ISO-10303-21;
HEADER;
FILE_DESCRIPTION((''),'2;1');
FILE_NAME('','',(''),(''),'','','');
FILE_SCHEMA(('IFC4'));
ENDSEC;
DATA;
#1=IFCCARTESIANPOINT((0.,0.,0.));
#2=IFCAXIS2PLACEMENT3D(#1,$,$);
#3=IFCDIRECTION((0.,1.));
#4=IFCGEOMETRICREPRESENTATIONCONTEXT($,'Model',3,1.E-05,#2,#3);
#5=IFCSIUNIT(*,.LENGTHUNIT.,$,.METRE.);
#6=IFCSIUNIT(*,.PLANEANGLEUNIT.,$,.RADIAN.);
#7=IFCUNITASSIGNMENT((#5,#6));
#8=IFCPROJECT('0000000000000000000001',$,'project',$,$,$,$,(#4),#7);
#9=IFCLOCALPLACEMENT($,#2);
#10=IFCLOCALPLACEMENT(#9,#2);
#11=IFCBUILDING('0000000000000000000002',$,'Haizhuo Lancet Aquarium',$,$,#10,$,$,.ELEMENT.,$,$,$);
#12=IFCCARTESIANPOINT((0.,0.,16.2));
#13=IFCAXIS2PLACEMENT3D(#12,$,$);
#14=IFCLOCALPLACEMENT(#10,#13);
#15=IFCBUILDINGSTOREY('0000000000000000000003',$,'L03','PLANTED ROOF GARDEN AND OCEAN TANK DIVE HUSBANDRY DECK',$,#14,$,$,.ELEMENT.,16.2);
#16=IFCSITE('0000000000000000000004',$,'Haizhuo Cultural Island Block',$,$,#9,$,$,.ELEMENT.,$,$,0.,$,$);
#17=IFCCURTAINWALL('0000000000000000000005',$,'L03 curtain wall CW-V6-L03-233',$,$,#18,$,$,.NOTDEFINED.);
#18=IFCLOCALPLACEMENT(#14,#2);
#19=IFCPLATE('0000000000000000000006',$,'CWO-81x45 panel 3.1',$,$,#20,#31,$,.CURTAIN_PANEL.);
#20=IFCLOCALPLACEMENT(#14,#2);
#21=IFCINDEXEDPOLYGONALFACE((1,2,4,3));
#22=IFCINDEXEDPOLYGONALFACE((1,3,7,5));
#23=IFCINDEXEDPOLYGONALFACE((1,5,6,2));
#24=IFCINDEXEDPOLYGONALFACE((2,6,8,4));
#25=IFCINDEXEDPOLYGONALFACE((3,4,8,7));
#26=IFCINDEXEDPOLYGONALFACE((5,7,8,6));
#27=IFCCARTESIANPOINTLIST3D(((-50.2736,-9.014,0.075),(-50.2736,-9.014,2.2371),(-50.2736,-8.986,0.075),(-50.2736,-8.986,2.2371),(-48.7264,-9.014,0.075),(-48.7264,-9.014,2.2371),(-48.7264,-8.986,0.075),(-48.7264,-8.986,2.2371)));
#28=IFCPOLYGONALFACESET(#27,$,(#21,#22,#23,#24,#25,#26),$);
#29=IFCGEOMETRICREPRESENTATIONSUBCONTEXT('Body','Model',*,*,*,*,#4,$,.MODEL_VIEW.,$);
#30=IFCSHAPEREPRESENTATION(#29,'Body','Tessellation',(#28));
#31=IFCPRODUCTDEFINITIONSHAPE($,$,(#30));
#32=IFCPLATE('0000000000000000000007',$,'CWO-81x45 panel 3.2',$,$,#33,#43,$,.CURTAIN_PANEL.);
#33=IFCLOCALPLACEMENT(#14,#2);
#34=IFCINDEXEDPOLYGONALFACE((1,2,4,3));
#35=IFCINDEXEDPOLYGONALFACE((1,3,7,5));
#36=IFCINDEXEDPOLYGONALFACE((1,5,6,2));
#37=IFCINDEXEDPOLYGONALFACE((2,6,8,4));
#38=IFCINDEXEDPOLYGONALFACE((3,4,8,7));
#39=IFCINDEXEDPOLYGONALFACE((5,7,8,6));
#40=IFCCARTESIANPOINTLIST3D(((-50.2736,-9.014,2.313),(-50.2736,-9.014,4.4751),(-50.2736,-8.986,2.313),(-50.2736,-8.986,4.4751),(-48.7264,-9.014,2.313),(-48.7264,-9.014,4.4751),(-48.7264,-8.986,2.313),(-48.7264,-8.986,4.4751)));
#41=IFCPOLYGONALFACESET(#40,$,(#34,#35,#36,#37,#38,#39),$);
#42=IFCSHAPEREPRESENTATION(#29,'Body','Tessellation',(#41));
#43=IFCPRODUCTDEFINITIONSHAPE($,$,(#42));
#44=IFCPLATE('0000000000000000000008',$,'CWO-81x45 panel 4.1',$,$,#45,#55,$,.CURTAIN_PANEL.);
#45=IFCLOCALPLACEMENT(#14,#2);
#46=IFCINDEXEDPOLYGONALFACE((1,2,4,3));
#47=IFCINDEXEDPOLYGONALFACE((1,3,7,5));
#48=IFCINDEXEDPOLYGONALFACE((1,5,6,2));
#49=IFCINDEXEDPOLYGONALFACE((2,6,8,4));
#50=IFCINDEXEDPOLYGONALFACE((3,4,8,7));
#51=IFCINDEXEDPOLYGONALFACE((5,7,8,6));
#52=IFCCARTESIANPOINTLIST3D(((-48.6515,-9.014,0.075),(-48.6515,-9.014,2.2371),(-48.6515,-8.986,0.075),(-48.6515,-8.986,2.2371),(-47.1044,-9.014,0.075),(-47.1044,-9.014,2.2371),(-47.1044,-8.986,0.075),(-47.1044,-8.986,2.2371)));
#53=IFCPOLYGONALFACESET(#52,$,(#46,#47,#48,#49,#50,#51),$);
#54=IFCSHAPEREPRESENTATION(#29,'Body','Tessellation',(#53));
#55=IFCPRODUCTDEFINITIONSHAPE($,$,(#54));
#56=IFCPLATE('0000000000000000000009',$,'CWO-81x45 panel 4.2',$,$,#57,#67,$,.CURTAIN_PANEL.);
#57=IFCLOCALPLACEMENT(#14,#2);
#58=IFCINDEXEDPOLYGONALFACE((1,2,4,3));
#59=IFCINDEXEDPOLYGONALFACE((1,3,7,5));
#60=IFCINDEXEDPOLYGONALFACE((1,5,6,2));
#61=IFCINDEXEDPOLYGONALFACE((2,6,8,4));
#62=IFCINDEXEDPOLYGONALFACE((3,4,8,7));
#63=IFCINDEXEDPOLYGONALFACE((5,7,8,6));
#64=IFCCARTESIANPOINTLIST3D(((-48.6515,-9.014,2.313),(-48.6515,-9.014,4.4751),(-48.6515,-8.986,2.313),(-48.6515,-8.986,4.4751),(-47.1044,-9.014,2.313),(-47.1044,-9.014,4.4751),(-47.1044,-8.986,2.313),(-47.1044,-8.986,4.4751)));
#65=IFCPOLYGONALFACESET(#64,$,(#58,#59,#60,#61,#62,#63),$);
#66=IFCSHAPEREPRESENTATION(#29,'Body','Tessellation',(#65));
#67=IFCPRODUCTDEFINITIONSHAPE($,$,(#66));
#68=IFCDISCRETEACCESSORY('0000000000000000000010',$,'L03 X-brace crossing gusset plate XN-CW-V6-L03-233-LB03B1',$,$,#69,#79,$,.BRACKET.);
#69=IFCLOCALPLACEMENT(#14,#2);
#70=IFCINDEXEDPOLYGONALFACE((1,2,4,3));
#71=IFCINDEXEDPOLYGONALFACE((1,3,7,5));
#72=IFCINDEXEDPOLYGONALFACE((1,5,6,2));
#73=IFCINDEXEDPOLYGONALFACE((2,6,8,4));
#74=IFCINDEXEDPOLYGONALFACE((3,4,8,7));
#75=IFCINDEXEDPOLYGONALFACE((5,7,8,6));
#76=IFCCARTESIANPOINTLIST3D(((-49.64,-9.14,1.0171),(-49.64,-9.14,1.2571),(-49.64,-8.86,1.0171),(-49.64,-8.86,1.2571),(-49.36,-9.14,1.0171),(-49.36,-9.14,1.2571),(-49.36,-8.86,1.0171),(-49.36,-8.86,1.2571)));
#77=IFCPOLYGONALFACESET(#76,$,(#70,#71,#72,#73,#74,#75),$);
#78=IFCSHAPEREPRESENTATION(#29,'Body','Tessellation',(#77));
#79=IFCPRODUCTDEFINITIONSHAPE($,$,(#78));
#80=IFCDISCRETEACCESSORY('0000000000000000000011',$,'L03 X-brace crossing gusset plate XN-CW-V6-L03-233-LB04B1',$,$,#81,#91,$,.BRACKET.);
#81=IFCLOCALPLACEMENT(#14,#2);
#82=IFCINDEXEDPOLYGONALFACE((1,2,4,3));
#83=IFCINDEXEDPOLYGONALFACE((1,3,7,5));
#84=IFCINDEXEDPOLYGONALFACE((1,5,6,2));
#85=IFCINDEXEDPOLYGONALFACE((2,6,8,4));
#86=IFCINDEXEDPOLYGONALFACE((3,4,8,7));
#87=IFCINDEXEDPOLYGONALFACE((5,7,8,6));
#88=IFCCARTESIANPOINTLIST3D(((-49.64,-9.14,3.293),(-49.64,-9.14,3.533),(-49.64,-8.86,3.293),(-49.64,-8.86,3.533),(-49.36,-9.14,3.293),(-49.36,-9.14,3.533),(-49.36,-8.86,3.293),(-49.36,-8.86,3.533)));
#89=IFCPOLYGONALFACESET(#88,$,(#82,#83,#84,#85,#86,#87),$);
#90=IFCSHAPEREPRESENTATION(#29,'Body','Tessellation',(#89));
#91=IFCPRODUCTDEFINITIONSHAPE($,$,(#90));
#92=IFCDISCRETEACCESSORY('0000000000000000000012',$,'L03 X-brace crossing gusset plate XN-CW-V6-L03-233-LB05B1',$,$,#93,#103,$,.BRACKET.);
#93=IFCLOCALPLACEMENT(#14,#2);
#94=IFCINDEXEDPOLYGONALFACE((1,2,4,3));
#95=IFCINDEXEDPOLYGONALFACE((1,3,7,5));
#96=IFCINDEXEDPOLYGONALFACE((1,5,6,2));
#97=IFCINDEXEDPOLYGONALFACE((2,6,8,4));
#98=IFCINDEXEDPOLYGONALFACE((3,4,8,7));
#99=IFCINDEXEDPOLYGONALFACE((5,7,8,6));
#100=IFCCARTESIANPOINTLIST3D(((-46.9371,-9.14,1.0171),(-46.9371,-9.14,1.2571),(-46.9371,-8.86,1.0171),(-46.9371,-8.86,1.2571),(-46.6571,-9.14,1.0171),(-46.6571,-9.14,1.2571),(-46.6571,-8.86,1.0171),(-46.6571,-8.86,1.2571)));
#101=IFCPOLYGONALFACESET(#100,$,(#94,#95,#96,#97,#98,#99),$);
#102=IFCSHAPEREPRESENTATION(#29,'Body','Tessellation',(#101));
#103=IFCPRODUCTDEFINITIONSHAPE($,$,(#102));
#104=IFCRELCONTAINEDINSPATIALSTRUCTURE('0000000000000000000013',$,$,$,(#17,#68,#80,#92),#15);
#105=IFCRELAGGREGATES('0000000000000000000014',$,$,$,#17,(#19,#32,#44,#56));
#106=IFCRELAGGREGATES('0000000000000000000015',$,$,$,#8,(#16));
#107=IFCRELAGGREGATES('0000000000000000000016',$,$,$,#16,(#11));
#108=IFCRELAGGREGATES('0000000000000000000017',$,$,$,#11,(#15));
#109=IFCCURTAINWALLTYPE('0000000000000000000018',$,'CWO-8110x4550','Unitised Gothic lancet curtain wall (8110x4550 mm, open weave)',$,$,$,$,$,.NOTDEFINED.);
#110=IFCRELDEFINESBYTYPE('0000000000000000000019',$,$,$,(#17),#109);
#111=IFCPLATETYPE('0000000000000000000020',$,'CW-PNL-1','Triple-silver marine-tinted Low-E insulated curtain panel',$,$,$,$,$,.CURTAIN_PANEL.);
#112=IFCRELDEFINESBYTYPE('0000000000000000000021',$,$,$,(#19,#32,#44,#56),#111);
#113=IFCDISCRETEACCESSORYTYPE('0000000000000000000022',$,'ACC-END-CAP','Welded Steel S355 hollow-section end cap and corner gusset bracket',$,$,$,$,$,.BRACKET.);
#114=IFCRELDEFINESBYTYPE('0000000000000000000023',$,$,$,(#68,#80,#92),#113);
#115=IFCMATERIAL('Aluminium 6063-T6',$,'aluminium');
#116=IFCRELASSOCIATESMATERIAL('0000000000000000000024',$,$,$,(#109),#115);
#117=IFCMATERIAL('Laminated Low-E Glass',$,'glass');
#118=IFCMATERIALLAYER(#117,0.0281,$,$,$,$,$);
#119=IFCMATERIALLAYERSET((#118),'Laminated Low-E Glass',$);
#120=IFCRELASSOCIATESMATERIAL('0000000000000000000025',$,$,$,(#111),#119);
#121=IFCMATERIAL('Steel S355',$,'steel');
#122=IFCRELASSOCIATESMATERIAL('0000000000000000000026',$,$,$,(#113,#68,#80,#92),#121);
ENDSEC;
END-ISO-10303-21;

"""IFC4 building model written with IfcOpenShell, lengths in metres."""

from ifc_helpers import new_model, si_unit, direction, frame, origin, origin_2d, place, context, subcontext, project, spatial, rectangle, extrude, material, layer, layer_set, type_object, element, aggregate, save


model = new_model("IFC4")

# Units and contexts
model_context = context("Model", 3, precision=1e-05, world=origin(), true_north=direction((0.0, 1.0)))
body_context = subcontext(model_context, "Body", "Model", "MODEL_VIEW")
ifc_project = project(units=[si_unit("LENGTHUNIT", "METRE"), si_unit("PLANEANGLEUNIT", "RADIAN")], contexts=[model_context])

# Site, building, storey
site_placement = place(None, origin())
site = spatial("IfcSite", under=ifc_project, at=site_placement, Name="Haizhuo Cultural Island Block", CompositionType="ELEMENT", RefElevation=0.0)
building_placement = place(site_placement, origin())
building = spatial("IfcBuilding", under=site, at=building_placement, Name="Haizhuo Lancet Aquarium", CompositionType="ELEMENT")
storey_placement = place(building_placement, frame((0.0, 0.0, 16.2)))
storey = spatial("IfcBuildingStorey", under=building, at=storey_placement, Name="L03", Description="PLANTED ROOF GARDEN AND OCEAN TANK DIVE HUSBANDRY DECK", CompositionType="ELEMENT", Elevation=16.2)

# Curtain wall
ifc_material_1 = material(Name="Aluminium 6063-T6", Category="aluminium")
curtain_wall_type = type_object("IfcCurtainWallType", Name="CWO-8110x4550", Description="Unitised Gothic lancet curtain wall (8110x4550 mm, open weave)", PredefinedType="NOTDEFINED", material=ifc_material_1)
curtain_wall_placement = place(storey_placement, origin())
curtain_wall = element("IfcCurtainWall", 1, at=curtain_wall_placement, inside=storey, type_object=curtain_wall_type, Name="L03 curtain wall CW-V6-L03-233", PredefinedType="NOTDEFINED")

# Shared definitions
ifc_material_2 = material(Name="Steel S355", Category="steel")

# Plates
ifc_material_3 = material(Name="Laminated Low-E Glass", Category="glass")
ifc_layer = layer(ifc_material_3, 0.0281)
ifc_layer_set = layer_set([ifc_layer], Name="Laminated Low-E Glass")
plate_type = type_object("IfcPlateType", Name="CW-PNL-1", Description="Triple-silver marine-tinted Low-E insulated curtain panel", PredefinedType="CURTAIN_PANEL", material=ifc_layer_set)
plate_1_placement = place(storey_placement, frame((-49.5, -9.0, 0.075), z_axis=(0.0, 0.0, 1.0), x_axis=(1.0, 0.0, 0.0)))
plate_1 = element("IfcPlate", 2, at=plate_1_placement, type_object=plate_type, Name="CWO-81x45 panel 3.1", PredefinedType="CURTAIN_PANEL", context=body_context, shape_type="SweptSolid", body=[
    extrude(rectangle(XDim=1.5471, YDim=0.0281, at=origin_2d()), origin(), (0.0, 0.0, 1.0), 2.1621),
])
plate_2_placement = place(storey_placement, frame((-49.5, -9.0, 2.313), z_axis=(0.0, 0.0, 1.0), x_axis=(1.0, 0.0, 0.0)))
plate_2 = element("IfcPlate", 3, at=plate_2_placement, type_object=plate_type, Name="CWO-81x45 panel 3.2", PredefinedType="CURTAIN_PANEL", context=body_context, shape_type="SweptSolid", body=[
    extrude(rectangle(XDim=1.5471, YDim=0.0281, at=origin_2d()), origin(), (0.0, 0.0, 1.0), 2.1621),
])
plate_3_placement = place(storey_placement, frame((-47.8779, -9.0, 0.075), z_axis=(0.0, 0.0, 1.0), x_axis=(1.0, 0.0, 0.0)))
plate_3 = element("IfcPlate", 4, at=plate_3_placement, type_object=plate_type, Name="CWO-81x45 panel 4.1", PredefinedType="CURTAIN_PANEL", context=body_context, shape_type="SweptSolid", body=[
    extrude(rectangle(XDim=1.5471, YDim=0.0281, at=origin_2d()), origin(), (0.0, 0.0, 1.0), 2.1621),
])
plate_4_placement = place(storey_placement, frame((-47.8779, -9.0, 2.313), z_axis=(0.0, 0.0, 1.0), x_axis=(1.0, 0.0, 0.0)))
plate_4 = element("IfcPlate", 5, at=plate_4_placement, type_object=plate_type, Name="CWO-81x45 panel 4.2", PredefinedType="CURTAIN_PANEL", context=body_context, shape_type="SweptSolid", body=[
    extrude(rectangle(XDim=1.5471, YDim=0.0281, at=origin_2d()), origin(), (0.0, 0.0, 1.0), 2.1621),
])
aggregate(curtain_wall, [plate_1, plate_2, plate_3, plate_4])

# Discrete accessories
discrete_accessory_type = type_object("IfcDiscreteAccessoryType", Name="ACC-END-CAP", Description="Welded Steel S355 hollow-section end cap and corner gusset bracket", PredefinedType="BRACKET", material=ifc_material_2)
for number, where, z_axis, x_axis, name in (
    (6, (-49.5, -9.0, 1.0171), (0.0, 0.0, 1.0), (1.0, 0.0, 0.0), "L03 X-brace crossing gusset plate XN-CW-V6-L03-233-LB03B1"),
    (7, (-49.5, -9.0, 3.293), (0.0, 0.0, 1.0), (1.0, 0.0, 0.0), "L03 X-brace crossing gusset plate XN-CW-V6-L03-233-LB04B1"),
    (8, (-46.7971, -9.0, 1.0171), (0.0, 0.0, 1.0), (1.0, 0.0, 0.0), "L03 X-brace crossing gusset plate XN-CW-V6-L03-233-LB05B1"),
):
    element("IfcDiscreteAccessory", number, at=place(storey_placement, frame(where, z_axis=z_axis, x_axis=x_axis)), inside=storey, type_object=discrete_accessory_type, material=ifc_material_2, Name=name, PredefinedType="BRACKET", context=body_context, shape_type="SweptSolid", body=[
        extrude(rectangle(XDim=0.28, YDim=0.28, at=origin_2d()), origin(), (0.0, 0.0, 1.0), 0.24),
    ])

save(model, "model.ifc")
